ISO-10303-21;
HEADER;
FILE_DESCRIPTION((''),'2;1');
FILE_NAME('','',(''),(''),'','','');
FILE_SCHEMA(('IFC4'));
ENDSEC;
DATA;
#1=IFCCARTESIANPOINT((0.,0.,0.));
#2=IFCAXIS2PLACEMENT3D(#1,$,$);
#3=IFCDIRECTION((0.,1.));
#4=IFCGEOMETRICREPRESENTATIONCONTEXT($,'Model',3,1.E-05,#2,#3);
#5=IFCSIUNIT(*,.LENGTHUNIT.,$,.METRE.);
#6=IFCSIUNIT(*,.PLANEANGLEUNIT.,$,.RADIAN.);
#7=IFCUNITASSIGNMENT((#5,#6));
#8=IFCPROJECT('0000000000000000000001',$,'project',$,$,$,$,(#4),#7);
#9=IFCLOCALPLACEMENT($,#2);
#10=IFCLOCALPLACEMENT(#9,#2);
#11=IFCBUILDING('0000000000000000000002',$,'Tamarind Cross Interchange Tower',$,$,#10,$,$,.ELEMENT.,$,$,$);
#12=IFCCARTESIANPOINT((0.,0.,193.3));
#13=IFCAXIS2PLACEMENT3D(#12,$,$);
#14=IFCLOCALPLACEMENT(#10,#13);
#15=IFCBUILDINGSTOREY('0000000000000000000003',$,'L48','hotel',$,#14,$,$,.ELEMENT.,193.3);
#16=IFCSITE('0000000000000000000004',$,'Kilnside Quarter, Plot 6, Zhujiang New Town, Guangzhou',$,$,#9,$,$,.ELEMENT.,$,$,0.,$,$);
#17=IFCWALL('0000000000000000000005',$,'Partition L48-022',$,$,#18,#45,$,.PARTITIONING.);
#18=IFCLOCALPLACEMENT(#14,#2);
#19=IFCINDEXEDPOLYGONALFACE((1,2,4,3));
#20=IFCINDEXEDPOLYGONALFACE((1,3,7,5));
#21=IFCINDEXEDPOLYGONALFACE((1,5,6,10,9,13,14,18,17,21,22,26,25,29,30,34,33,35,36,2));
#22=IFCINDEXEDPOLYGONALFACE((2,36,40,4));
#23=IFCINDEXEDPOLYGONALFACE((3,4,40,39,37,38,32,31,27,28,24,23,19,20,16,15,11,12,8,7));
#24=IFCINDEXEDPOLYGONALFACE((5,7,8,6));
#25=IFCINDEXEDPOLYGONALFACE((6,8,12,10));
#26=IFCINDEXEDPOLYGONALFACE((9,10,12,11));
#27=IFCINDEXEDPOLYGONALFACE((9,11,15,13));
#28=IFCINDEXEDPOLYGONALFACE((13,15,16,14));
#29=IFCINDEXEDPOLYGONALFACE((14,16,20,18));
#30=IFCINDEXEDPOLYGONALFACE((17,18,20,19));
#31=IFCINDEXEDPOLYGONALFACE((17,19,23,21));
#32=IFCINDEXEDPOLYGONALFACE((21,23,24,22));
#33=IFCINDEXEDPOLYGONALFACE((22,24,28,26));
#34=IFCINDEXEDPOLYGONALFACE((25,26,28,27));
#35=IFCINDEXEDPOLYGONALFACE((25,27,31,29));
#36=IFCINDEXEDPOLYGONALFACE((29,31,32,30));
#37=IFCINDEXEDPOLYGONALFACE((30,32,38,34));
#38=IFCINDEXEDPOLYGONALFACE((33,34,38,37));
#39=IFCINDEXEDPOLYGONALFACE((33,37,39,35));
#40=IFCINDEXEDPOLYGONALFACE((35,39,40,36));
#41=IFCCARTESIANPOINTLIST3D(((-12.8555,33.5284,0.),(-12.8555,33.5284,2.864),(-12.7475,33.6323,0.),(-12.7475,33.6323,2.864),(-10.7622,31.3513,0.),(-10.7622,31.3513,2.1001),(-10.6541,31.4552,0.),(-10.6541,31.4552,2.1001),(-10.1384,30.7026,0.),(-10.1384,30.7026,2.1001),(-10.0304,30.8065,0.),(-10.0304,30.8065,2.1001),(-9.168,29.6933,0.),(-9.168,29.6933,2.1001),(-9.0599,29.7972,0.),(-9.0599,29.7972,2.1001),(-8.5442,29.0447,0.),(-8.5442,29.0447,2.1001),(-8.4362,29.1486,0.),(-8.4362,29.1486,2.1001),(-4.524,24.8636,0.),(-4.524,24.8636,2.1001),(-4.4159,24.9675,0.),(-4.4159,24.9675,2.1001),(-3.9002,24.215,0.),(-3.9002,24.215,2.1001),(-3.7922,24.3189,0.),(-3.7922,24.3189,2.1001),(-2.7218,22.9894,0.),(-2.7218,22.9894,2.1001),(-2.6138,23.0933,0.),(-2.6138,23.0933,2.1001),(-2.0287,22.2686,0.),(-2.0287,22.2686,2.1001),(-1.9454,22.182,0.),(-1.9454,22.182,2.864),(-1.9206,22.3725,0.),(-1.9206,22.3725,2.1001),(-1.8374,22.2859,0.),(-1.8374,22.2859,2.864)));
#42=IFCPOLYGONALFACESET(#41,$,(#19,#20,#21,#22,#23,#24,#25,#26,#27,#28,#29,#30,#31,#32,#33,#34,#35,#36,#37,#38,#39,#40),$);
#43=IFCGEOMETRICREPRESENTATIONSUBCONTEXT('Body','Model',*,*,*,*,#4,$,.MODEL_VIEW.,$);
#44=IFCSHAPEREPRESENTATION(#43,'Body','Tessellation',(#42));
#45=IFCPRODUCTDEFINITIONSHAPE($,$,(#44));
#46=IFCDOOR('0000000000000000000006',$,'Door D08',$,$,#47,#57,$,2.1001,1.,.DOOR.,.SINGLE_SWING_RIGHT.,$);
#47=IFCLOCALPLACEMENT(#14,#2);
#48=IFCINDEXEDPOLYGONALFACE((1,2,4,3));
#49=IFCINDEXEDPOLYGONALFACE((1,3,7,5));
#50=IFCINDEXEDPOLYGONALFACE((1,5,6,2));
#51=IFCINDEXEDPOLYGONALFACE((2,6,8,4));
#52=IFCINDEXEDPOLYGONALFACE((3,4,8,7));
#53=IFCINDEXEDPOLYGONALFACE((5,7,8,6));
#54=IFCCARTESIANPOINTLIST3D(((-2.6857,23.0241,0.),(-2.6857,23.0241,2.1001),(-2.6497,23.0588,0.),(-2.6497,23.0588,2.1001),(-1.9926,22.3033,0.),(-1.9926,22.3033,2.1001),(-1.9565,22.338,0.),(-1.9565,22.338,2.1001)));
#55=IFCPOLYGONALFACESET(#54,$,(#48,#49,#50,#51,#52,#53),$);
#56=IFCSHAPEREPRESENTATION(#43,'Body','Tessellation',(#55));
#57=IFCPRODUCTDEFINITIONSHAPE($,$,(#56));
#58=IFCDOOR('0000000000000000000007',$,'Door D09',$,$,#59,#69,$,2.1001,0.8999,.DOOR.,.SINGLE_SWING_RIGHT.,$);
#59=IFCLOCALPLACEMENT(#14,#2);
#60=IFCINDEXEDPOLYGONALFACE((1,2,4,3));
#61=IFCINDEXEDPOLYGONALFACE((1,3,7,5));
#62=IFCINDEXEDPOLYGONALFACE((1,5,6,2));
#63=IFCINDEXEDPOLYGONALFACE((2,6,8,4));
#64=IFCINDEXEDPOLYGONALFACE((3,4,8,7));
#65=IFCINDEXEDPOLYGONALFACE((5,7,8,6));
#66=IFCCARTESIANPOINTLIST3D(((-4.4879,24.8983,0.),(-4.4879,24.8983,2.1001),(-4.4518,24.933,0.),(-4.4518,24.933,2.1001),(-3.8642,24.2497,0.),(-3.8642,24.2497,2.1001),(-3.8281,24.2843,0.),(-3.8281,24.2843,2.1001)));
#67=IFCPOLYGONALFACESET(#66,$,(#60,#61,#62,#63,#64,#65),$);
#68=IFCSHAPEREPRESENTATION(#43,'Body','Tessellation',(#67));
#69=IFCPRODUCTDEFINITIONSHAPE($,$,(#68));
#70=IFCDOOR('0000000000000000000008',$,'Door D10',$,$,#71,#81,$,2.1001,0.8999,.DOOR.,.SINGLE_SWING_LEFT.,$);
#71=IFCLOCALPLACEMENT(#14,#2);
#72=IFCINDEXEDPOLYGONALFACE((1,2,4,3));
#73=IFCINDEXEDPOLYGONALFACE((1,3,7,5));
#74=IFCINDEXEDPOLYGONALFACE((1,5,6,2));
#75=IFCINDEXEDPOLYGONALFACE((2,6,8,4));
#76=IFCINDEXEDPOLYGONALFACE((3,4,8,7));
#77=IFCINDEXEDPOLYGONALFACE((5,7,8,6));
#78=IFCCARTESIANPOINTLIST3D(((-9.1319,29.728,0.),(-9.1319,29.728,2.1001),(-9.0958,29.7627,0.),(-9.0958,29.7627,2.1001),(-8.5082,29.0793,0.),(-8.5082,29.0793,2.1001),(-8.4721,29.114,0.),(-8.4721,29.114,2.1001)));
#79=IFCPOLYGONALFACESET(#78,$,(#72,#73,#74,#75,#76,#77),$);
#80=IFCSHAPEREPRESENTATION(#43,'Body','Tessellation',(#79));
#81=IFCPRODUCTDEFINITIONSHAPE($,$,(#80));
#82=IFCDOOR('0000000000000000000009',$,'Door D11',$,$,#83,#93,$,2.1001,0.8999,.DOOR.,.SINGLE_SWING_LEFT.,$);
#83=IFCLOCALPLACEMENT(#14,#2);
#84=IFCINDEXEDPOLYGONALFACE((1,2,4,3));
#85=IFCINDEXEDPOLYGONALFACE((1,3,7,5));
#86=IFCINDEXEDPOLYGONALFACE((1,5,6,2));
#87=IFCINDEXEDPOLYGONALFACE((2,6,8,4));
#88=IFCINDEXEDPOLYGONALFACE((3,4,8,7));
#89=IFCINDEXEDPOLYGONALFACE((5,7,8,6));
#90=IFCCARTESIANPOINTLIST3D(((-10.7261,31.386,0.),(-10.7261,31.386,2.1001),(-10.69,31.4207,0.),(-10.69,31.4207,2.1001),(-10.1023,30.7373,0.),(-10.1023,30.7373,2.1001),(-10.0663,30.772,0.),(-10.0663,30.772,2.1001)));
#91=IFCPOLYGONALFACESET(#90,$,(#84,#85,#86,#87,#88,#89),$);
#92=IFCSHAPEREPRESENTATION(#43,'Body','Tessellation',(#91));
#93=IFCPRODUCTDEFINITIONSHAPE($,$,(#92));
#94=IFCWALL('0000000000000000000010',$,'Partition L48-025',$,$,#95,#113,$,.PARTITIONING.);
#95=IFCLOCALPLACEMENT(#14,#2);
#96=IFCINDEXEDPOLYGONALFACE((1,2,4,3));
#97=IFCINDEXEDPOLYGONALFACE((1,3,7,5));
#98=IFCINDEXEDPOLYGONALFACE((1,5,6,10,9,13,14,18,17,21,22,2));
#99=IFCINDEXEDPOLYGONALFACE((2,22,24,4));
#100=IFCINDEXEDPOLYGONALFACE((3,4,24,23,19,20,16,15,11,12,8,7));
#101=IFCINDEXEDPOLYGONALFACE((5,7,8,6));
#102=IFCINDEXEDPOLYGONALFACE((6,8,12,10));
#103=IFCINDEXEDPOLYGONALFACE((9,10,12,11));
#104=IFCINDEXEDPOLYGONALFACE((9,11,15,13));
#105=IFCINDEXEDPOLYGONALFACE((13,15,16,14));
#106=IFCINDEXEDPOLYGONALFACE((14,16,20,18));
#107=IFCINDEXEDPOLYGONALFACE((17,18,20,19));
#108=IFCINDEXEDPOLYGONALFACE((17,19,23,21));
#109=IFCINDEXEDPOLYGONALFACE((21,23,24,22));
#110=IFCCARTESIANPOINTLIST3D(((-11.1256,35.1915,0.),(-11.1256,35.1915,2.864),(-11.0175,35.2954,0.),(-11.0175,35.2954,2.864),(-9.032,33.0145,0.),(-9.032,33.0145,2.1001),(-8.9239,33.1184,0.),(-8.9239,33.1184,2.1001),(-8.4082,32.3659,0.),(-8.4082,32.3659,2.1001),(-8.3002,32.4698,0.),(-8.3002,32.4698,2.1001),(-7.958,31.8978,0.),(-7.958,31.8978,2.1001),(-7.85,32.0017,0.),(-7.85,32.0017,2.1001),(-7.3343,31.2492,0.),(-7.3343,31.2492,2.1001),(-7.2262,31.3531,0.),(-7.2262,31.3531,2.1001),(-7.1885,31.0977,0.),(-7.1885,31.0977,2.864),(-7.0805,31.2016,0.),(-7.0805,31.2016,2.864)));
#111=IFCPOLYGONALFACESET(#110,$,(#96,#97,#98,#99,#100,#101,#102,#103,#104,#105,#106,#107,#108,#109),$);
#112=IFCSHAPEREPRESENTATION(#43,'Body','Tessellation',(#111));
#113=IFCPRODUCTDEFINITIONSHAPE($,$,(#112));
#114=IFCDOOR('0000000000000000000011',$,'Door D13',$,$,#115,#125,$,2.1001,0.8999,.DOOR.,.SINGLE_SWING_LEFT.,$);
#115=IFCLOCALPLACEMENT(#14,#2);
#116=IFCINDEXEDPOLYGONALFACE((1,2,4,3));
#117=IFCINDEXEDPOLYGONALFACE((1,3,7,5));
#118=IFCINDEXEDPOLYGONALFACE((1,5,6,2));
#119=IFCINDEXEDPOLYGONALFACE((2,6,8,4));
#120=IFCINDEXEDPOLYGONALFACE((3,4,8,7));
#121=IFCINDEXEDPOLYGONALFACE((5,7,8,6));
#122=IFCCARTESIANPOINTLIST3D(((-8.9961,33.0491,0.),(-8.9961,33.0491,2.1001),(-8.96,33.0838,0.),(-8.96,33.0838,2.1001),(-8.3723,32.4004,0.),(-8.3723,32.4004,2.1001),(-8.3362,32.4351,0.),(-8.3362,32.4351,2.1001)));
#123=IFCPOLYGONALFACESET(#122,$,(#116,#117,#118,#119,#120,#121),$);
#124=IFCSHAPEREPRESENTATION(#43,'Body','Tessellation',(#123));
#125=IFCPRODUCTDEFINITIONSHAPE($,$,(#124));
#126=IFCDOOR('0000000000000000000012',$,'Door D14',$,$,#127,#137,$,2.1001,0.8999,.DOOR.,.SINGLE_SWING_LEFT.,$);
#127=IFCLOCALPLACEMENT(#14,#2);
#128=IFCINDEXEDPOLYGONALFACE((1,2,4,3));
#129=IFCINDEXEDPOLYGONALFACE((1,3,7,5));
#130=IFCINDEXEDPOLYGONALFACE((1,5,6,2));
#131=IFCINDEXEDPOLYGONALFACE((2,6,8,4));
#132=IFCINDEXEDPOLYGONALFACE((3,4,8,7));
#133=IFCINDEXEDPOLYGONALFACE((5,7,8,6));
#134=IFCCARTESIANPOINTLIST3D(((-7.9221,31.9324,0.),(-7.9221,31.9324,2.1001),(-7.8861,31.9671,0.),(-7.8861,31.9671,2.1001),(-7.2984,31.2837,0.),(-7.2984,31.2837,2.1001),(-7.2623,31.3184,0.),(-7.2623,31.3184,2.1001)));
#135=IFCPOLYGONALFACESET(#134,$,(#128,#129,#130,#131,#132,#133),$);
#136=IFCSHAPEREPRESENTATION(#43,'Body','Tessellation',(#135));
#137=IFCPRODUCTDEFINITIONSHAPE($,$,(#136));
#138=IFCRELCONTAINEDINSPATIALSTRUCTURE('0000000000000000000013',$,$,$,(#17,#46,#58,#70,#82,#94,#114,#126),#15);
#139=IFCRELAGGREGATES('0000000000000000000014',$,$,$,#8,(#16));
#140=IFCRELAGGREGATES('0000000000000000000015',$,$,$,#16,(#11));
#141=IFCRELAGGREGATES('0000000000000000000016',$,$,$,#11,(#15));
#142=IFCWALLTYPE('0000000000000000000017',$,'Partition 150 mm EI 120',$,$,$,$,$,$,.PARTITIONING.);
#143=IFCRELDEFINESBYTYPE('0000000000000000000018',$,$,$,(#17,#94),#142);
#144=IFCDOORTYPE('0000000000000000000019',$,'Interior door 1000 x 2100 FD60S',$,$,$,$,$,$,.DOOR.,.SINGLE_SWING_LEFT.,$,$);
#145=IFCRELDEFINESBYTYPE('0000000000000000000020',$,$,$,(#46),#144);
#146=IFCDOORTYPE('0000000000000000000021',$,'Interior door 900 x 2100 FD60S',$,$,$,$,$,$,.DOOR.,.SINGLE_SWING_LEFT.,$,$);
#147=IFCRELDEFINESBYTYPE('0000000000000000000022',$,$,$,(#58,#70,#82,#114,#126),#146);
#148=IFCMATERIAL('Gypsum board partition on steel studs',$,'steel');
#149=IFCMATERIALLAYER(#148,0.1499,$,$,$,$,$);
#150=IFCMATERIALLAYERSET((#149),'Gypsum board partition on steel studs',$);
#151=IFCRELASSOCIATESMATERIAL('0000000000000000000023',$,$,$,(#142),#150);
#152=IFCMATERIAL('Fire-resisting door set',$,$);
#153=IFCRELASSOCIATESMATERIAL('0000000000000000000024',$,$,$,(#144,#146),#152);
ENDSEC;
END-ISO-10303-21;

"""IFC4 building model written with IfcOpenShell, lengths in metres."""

from ifc_helpers import new_model, si_unit, direction, frame, frame_2d, origin, place, context, subcontext, project, spatial, rectangle, extrude, material, layer, layer_set, type_object, element, fill, save


model = new_model("IFC4")

# Units and contexts
model_context = context("Model", 3, precision=1e-05, world=origin(), true_north=direction((0.0, 1.0)))
body_context = subcontext(model_context, "Body", "Model", "MODEL_VIEW")
ifc_project = project(units=[si_unit("LENGTHUNIT", "METRE"), si_unit("PLANEANGLEUNIT", "RADIAN")], contexts=[model_context])

# Site, building, storey
site_placement = place(None, origin())
site = spatial("IfcSite", under=ifc_project, at=site_placement, Name="Kilnside Quarter, Plot 6, Zhujiang New Town, Guangzhou", CompositionType="ELEMENT", RefElevation=0.0)
building_placement = place(site_placement, origin())
building = spatial("IfcBuilding", under=site, at=building_placement, Name="Tamarind Cross Interchange Tower", CompositionType="ELEMENT")
storey_placement = place(building_placement, frame((0.0, 0.0, 193.3)))
storey = spatial("IfcBuildingStorey", under=building, at=storey_placement, Name="L48", Description="hotel", CompositionType="ELEMENT", Elevation=193.3)

# Shared definitions
ifc_material_1 = material(Name="Gypsum board partition on steel studs", Category="steel")
ifc_layer_1 = layer(ifc_material_1, 0.1499)
ifc_layer_set_1 = layer_set([ifc_layer_1], Name="Gypsum board partition on steel studs")
wall_type = type_object("IfcWallType", Name="Partition 150 mm EI 120", PredefinedType="PARTITIONING", material=ifc_layer_set_1)

# Walls, openings, doors
wall_1_placement = place(storey_placement, frame((-12.8015, 33.5803, 0.0), z_axis=(0.0, 0.0, 1.0), x_axis=(0.693113, -0.720829, 0.0)))
wall_1 = element("IfcWall", 1, at=wall_1_placement, inside=storey, type_object=wall_type, Name="Partition L48-022", PredefinedType="PARTITIONING", context=body_context, shape_type="SweptSolid", body=[
    extrude(rectangle(XDim=15.7407, YDim=0.1499, at=frame_2d((7.8704, 0.0))), origin(), (0.0, 0.0, 1.0), 2.864),
])
opening_1_placement = place(wall_1_placement, frame((14.6206, 0.0, 0.0)))
opening_1 = element("IfcOpeningElement", 2, at=opening_1_placement, cuts=wall_1, PredefinedType="OPENING", context=body_context, shape_type="SweptSolid", body=[
    extrude(rectangle(XDim=1.0, YDim=2.1001, at=frame_2d((0.5, 1.05))), frame((0.0, 0.085, 0.0), z_axis=(0.0, -1.0, 0.0), x_axis=(1.0, 0.0, 0.0)), (0.0, 0.0, 1.0), 0.1699),
])
opening_2_placement = place(wall_1_placement, frame((12.0205, 0.0, 0.0)))
opening_2 = element("IfcOpeningElement", 3, at=opening_2_placement, cuts=wall_1, PredefinedType="OPENING", context=body_context, shape_type="SweptSolid", body=[
    extrude(rectangle(XDim=0.8999, YDim=2.1001, at=frame_2d((0.45, 1.05))), frame((0.0, 0.085, 0.0), z_axis=(0.0, -1.0, 0.0), x_axis=(1.0, 0.0, 0.0)), (0.0, 0.0, 1.0), 0.1699),
])
opening_3_placement = place(wall_1_placement, frame((5.3203, 0.0, 0.0)))
opening_3 = element("IfcOpeningElement", 4, at=opening_3_placement, cuts=wall_1, PredefinedType="OPENING", context=body_context, shape_type="SweptSolid", body=[
    extrude(rectangle(XDim=0.8999, YDim=2.1001, at=frame_2d((0.45, 1.05))), frame((0.0, 0.085, 0.0), z_axis=(0.0, -1.0, 0.0), x_axis=(1.0, 0.0, 0.0)), (0.0, 0.0, 1.0), 0.1699),
])
opening_4_placement = place(wall_1_placement, frame((3.0203, 0.0, 0.0)))
opening_4 = element("IfcOpeningElement", 5, at=opening_4_placement, cuts=wall_1, PredefinedType="OPENING", context=body_context, shape_type="SweptSolid", body=[
    extrude(rectangle(XDim=0.8999, YDim=2.1001, at=frame_2d((0.45, 1.05))), frame((0.0, 0.085, 0.0), z_axis=(0.0, -1.0, 0.0), x_axis=(1.0, 0.0, 0.0)), (0.0, 0.0, 1.0), 0.1699),
])
ifc_material_2 = material(Name="Fire-resisting door set")
door_type_1 = type_object("IfcDoorType", Name="Interior door 1000 x 2100 FD60S", OperationType="SINGLE_SWING_LEFT", PredefinedType="DOOR", material=ifc_material_2)
door_1_placement = place(opening_1_placement, frame((1.0, 0.0, 0.0), z_axis=(0.0, 0.0, 1.0), x_axis=(-1.0, 0.0, 0.0)))
door_1 = element("IfcDoor", 6, at=door_1_placement, inside=storey, type_object=door_type_1, Name="Door D08", OperationType="SINGLE_SWING_RIGHT", OverallHeight=2.1001, OverallWidth=1.0, PredefinedType="DOOR", context=body_context, shape_type="SweptSolid", body=[
    extrude(rectangle(XDim=1.0, YDim=2.1001, at=frame_2d((0.5, 1.05))), frame((0.0, 0.0249, 0.0), z_axis=(0.0, -1.0, 0.0), x_axis=(1.0, 0.0, 0.0)), (0.0, 0.0, 1.0), 0.05),
])
fill(opening_1, door_1)
door_type_2 = type_object("IfcDoorType", Name="Interior door 900 x 2100 FD60S", OperationType="SINGLE_SWING_LEFT", PredefinedType="DOOR", material=ifc_material_2)
door_2_placement = place(opening_2_placement, frame((0.8999, 0.0, 0.0), z_axis=(0.0, 0.0, 1.0), x_axis=(-1.0, 0.0, 0.0)))
door_2 = element("IfcDoor", 7, at=door_2_placement, inside=storey, type_object=door_type_2, Name="Door D09", OperationType="SINGLE_SWING_RIGHT", OverallHeight=2.1001, OverallWidth=0.8999, PredefinedType="DOOR", context=body_context, shape_type="SweptSolid", body=[
    extrude(rectangle(XDim=0.8999, YDim=2.1001, at=frame_2d((0.45, 1.05))), frame((0.0, 0.0249, 0.0), z_axis=(0.0, -1.0, 0.0), x_axis=(1.0, 0.0, 0.0)), (0.0, 0.0, 1.0), 0.05),
])
fill(opening_2, door_2)
door_3_placement = place(opening_3_placement, frame((0.8999, 0.0, 0.0), z_axis=(0.0, 0.0, 1.0), x_axis=(-1.0, 0.0, 0.0)))
door_3 = element("IfcDoor", 8, at=door_3_placement, inside=storey, type_object=door_type_2, Name="Door D10", OperationType="SINGLE_SWING_LEFT", OverallHeight=2.1001, OverallWidth=0.8999, PredefinedType="DOOR", context=body_context, shape_type="SweptSolid", body=[
    extrude(rectangle(XDim=0.8999, YDim=2.1001, at=frame_2d((0.45, 1.05))), frame((0.0, 0.0249, 0.0), z_axis=(0.0, -1.0, 0.0), x_axis=(1.0, 0.0, 0.0)), (0.0, 0.0, 1.0), 0.05),
])
fill(opening_3, door_3)
door_4_placement = place(opening_4_placement, frame((0.8999, 0.0, 0.0), z_axis=(0.0, 0.0, 1.0), x_axis=(-1.0, 0.0, 0.0)))
door_4 = element("IfcDoor", 9, at=door_4_placement, inside=storey, type_object=door_type_2, Name="Door D11", OperationType="SINGLE_SWING_LEFT", OverallHeight=2.1001, OverallWidth=0.8999, PredefinedType="DOOR", context=body_context, shape_type="SweptSolid", body=[
    extrude(rectangle(XDim=0.8999, YDim=2.1001, at=frame_2d((0.45, 1.05))), frame((0.0, 0.0249, 0.0), z_axis=(0.0, -1.0, 0.0), x_axis=(1.0, 0.0, 0.0)), (0.0, 0.0, 1.0), 0.05),
])
fill(opening_4, door_4)
wall_2_placement = place(storey_placement, frame((-11.0715, 35.2434, 0.0), z_axis=(0.0, 0.0, 1.0), x_axis=(0.693174, -0.72077, 0.0)))
wall_2 = element("IfcWall", 10, at=wall_2_placement, inside=storey, type_object=wall_type, Name="Partition L48-025", PredefinedType="PARTITIONING", context=body_context, shape_type="SweptSolid", body=[
    extrude(rectangle(XDim=5.6797, YDim=0.1499, at=frame_2d((2.8398, 0.0))), origin(), (0.0, 0.0, 1.0), 2.864),
])
opening_5_placement = place(wall_2_placement, frame((3.0203, 0.0, 0.0)))
opening_5 = element("IfcOpeningElement", 11, at=opening_5_placement, cuts=wall_2, PredefinedType="OPENING", context=body_context, shape_type="SweptSolid", body=[
    extrude(rectangle(XDim=0.8999, YDim=2.1001, at=frame_2d((0.45, 1.05))), frame((0.0, 0.085, 0.0), z_axis=(0.0, -1.0, 0.0), x_axis=(1.0, 0.0, 0.0)), (0.0, 0.0, 1.0), 0.1699),
])
opening_6_placement = place(wall_2_placement, frame((4.5696, 0.0, 0.0)))
opening_6 = element("IfcOpeningElement", 12, at=opening_6_placement, cuts=wall_2, PredefinedType="OPENING", context=body_context, shape_type="SweptSolid", body=[
    extrude(rectangle(XDim=0.8999, YDim=2.1001, at=frame_2d((0.45, 1.05))), frame((0.0, 0.085, 0.0), z_axis=(0.0, -1.0, 0.0), x_axis=(1.0, 0.0, 0.0)), (0.0, 0.0, 1.0), 0.1699),
])
door_5_placement = place(opening_5_placement, origin())
door_5 = element("IfcDoor", 13, at=door_5_placement, inside=storey, type_object=door_type_2, Name="Door D13", OperationType="SINGLE_SWING_LEFT", OverallHeight=2.1001, OverallWidth=0.8999, PredefinedType="DOOR", context=body_context, shape_type="SweptSolid", body=[
    extrude(rectangle(XDim=0.8999, YDim=2.1001, at=frame_2d((0.45, 1.05))), frame((0.0, 0.0249, 0.0), z_axis=(0.0, -1.0, 0.0), x_axis=(1.0, 0.0, 0.0)), (0.0, 0.0, 1.0), 0.05),
])
fill(opening_5, door_5)
door_6_placement = place(opening_6_placement, origin())
door_6 = element("IfcDoor", 14, at=door_6_placement, inside=storey, type_object=door_type_2, Name="Door D14", OperationType="SINGLE_SWING_LEFT", OverallHeight=2.1001, OverallWidth=0.8999, PredefinedType="DOOR", context=body_context, shape_type="SweptSolid", body=[
    extrude(rectangle(XDim=0.8999, YDim=2.1001, at=frame_2d((0.45, 1.05))), frame((0.0, 0.0249, 0.0), z_axis=(0.0, -1.0, 0.0), x_axis=(1.0, 0.0, 0.0)), (0.0, 0.0, 1.0), 0.05),
])
fill(opening_6, door_6)

save(model, "model.ifc")
